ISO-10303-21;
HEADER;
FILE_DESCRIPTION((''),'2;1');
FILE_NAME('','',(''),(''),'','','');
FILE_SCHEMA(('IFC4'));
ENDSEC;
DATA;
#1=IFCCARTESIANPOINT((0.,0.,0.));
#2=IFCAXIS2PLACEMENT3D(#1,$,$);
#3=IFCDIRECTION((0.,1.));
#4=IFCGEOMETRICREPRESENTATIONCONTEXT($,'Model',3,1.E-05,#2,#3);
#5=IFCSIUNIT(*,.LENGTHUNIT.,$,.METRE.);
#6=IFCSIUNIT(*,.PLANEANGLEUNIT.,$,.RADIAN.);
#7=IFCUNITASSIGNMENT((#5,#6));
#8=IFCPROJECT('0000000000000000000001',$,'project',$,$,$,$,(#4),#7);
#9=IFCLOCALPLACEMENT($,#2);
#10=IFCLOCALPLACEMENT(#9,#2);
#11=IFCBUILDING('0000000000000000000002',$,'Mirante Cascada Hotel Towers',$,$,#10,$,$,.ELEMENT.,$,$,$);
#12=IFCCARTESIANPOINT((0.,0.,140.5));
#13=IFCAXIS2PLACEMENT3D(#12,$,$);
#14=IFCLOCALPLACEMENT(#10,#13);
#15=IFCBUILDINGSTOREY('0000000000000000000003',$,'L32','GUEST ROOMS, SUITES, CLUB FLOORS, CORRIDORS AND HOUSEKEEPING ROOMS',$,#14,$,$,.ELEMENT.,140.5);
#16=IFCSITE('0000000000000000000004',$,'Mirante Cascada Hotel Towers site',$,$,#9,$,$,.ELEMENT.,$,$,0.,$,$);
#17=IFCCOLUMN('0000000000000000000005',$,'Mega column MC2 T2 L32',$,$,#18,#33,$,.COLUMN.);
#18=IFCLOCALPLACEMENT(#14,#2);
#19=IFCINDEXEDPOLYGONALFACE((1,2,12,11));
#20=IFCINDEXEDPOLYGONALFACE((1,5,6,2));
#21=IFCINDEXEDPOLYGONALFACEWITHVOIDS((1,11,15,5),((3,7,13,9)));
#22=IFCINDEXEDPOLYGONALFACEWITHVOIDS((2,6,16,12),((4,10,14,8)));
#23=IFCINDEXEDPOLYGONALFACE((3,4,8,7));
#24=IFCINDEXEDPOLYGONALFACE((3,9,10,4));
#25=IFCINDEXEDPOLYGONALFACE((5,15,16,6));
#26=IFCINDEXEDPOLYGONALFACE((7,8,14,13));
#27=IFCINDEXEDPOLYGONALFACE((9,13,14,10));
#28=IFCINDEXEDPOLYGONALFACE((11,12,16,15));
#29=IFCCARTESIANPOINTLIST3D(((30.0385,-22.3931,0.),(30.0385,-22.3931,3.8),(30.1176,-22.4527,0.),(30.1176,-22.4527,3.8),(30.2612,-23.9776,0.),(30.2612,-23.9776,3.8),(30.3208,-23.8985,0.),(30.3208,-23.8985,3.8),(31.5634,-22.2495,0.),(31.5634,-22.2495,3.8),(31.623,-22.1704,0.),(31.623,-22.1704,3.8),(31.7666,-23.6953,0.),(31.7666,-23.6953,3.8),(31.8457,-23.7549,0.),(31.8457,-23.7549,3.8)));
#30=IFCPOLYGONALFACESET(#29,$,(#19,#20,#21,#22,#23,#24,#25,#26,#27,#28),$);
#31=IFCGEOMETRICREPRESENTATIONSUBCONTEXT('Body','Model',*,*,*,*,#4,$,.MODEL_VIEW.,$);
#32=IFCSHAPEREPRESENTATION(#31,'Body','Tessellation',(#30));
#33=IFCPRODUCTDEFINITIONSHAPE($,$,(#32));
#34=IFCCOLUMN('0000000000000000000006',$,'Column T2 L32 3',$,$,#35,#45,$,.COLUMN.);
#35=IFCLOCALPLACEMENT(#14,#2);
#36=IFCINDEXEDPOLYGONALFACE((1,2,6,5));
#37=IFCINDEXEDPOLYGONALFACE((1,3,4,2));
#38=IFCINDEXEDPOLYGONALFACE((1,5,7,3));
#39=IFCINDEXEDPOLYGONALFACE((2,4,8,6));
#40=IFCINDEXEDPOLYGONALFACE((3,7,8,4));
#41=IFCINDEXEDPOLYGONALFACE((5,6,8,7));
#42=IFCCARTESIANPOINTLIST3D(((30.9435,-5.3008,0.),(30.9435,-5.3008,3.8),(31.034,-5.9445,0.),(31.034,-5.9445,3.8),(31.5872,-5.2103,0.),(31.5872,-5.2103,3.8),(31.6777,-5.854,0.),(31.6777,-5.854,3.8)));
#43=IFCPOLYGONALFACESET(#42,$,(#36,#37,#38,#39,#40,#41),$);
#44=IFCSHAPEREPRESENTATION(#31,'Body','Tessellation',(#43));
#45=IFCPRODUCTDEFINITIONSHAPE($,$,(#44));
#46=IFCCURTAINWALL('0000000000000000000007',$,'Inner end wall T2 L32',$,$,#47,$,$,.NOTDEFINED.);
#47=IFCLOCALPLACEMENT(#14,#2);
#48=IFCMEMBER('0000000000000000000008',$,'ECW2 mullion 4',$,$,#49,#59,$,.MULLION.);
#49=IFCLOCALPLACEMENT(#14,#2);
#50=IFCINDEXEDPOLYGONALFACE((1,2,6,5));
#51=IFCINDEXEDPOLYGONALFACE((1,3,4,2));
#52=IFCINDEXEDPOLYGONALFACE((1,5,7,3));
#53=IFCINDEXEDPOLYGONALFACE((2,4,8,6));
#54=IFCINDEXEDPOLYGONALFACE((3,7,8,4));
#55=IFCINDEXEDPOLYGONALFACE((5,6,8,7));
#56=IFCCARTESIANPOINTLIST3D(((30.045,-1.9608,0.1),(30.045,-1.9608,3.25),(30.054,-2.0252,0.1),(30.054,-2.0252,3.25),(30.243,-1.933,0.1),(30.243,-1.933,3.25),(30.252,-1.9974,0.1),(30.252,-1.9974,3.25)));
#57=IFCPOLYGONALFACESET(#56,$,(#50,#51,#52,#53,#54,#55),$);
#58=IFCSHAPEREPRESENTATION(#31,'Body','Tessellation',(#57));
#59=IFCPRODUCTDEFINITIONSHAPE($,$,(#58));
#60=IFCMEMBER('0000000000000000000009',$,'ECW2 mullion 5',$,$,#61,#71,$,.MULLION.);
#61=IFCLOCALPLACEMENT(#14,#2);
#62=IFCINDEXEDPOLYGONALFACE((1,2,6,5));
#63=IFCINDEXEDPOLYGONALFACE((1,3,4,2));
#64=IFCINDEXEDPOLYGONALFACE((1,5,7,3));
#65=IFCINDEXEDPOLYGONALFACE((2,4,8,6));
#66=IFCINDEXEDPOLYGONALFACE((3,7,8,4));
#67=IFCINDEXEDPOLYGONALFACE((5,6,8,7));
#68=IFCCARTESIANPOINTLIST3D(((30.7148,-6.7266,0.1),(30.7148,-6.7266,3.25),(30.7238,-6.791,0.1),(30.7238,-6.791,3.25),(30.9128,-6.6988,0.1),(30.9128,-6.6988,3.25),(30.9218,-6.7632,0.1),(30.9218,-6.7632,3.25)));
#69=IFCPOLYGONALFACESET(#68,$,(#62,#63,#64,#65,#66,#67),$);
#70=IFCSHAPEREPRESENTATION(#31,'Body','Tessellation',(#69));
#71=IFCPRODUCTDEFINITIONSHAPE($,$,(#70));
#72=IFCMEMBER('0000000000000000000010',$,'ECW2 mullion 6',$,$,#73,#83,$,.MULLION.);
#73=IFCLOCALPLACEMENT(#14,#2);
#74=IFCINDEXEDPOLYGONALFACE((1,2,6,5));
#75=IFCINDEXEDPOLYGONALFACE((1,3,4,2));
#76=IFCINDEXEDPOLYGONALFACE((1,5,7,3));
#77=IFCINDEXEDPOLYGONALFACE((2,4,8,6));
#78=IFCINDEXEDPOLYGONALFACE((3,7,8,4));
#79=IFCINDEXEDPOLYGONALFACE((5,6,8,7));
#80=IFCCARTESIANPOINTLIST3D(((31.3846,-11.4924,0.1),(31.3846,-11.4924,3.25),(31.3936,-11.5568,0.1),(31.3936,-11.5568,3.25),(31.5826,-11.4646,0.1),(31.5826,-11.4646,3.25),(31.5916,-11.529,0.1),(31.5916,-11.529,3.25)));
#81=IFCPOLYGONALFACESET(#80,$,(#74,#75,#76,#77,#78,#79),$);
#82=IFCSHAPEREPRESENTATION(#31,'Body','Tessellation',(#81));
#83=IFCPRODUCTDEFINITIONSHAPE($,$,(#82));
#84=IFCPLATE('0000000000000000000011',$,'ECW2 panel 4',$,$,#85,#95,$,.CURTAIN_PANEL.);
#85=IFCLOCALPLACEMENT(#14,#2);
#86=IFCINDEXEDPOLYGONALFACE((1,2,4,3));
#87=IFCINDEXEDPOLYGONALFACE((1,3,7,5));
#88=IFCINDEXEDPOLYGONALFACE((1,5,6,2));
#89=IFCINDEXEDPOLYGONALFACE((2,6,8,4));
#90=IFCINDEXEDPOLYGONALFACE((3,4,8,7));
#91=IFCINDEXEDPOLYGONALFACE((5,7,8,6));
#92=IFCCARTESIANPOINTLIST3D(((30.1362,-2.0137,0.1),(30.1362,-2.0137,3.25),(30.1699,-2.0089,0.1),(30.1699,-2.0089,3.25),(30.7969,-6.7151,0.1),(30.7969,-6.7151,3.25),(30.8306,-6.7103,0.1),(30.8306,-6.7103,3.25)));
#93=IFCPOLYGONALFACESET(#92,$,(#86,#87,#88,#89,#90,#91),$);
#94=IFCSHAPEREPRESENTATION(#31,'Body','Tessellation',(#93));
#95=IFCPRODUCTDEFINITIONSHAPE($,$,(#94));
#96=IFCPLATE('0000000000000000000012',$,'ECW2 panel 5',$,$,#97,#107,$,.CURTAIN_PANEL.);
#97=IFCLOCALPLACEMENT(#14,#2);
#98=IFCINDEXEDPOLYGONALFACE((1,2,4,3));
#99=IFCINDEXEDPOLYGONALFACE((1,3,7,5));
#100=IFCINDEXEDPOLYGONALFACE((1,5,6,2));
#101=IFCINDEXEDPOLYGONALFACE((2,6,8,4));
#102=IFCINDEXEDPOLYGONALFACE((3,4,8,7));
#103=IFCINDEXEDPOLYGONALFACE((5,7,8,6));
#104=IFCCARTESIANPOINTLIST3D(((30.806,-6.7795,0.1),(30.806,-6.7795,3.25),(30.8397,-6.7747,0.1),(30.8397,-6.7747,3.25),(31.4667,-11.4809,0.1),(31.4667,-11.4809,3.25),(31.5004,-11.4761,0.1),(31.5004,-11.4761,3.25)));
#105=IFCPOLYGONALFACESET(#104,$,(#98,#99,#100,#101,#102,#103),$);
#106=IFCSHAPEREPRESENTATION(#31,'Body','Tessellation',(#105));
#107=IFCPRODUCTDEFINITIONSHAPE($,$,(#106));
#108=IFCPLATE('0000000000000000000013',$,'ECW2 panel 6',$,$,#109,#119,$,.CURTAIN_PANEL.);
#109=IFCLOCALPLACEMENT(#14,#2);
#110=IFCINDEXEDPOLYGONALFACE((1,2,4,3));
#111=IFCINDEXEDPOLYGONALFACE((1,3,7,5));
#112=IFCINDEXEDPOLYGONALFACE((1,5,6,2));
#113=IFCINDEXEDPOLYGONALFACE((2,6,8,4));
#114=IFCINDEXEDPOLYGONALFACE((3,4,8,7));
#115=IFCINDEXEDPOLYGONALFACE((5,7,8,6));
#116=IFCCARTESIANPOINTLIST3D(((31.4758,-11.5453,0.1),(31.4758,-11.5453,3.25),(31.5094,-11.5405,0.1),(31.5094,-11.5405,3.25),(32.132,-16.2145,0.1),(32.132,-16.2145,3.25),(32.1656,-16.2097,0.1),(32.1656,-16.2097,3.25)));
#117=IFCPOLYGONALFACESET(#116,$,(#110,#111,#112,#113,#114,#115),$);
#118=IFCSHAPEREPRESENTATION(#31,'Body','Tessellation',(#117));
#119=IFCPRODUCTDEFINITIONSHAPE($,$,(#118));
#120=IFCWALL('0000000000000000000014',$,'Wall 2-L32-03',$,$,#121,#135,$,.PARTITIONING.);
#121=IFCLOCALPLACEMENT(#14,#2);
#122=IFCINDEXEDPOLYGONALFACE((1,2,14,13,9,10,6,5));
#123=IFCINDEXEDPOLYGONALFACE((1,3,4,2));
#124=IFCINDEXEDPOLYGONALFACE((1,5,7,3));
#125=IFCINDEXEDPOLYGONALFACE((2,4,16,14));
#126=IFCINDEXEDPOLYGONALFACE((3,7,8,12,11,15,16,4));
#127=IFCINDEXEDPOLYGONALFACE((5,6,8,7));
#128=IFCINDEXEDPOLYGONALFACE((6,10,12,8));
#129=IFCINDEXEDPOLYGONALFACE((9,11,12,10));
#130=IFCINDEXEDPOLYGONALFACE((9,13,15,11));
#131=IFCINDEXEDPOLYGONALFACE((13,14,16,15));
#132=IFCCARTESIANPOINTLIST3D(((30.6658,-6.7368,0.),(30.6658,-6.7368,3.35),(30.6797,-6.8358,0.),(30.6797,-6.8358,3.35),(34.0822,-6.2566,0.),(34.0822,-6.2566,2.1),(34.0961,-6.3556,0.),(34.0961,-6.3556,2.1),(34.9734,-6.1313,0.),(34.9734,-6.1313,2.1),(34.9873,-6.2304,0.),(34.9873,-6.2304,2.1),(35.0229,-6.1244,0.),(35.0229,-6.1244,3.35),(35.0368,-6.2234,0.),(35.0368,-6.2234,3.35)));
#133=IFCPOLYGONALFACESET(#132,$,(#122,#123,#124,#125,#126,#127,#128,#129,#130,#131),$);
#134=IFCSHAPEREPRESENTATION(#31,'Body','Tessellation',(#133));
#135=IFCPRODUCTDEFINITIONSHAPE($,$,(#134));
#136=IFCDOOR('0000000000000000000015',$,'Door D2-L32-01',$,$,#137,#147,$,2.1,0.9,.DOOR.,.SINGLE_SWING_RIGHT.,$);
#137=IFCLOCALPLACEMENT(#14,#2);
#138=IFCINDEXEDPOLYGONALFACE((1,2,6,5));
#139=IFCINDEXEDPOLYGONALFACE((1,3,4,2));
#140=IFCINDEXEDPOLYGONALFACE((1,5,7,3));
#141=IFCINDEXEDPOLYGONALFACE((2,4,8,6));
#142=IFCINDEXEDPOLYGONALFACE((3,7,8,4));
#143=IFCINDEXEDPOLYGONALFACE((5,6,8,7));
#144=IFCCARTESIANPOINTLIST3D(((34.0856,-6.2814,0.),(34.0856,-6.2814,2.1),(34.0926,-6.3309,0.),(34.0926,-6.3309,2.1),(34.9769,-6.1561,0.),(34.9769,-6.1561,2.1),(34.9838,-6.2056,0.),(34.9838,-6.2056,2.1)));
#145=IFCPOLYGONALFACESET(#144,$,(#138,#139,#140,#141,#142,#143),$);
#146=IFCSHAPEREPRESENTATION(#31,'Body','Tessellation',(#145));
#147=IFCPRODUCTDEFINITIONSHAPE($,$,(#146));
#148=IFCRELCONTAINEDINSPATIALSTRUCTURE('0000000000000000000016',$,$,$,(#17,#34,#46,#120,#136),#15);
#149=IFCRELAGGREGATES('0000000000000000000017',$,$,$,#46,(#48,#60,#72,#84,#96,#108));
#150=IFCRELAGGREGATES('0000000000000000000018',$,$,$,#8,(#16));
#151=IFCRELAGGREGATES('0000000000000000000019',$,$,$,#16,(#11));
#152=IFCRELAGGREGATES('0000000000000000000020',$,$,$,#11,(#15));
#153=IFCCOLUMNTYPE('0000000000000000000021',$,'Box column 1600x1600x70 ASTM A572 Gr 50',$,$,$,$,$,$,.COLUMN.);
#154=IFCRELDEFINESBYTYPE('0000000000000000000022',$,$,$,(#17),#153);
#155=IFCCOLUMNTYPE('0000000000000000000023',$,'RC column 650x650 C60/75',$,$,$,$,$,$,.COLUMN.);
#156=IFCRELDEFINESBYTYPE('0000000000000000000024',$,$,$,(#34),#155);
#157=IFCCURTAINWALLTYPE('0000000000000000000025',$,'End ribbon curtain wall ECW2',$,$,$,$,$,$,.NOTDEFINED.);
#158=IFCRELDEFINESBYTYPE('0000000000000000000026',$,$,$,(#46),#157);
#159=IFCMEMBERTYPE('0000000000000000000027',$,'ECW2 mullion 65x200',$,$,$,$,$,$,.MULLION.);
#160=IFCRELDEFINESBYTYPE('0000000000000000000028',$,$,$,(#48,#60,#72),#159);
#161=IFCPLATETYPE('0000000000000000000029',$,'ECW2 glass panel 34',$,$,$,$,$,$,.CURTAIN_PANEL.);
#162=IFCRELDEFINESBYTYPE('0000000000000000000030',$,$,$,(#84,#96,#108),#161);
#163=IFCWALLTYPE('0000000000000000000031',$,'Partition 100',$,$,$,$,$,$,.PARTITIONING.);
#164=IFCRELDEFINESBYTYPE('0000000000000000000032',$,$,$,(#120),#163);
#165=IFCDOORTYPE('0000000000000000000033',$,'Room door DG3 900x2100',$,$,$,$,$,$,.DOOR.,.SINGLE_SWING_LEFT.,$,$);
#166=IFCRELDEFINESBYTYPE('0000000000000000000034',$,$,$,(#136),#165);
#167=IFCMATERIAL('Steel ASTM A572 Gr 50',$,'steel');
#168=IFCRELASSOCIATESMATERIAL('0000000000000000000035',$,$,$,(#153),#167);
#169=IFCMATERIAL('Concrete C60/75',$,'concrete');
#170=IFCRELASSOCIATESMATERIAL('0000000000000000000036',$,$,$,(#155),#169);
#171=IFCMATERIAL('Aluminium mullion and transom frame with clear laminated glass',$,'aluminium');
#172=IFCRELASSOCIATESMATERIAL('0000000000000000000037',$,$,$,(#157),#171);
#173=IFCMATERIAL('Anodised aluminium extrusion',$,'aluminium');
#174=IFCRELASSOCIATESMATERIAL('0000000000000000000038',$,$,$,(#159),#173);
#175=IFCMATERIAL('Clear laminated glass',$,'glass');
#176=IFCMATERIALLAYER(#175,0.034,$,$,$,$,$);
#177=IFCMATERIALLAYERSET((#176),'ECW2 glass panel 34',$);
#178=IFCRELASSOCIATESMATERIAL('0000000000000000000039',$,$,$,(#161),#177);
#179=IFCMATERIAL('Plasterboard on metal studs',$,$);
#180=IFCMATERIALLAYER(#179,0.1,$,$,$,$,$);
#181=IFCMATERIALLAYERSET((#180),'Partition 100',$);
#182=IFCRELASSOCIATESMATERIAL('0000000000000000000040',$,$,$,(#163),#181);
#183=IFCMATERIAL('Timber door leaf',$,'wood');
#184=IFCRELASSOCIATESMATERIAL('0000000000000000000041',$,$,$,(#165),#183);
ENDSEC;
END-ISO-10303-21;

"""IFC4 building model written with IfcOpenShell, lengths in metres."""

from ifc_helpers import new_model, si_unit, direction, frame, frame_2d, origin, origin_2d, place, context, subcontext, project, spatial, rectangle, hollow_rectangle, extrude, material, layer, layer_set, material_profile, profile_set, type_object, element, fill, aggregate, save


model = new_model("IFC4")

# Units and contexts
model_context = context("Model", 3, precision=1e-05, world=origin(), true_north=direction((0.0, 1.0)))
body_context = subcontext(model_context, "Body", "Model", "MODEL_VIEW")
ifc_project = project(units=[si_unit("LENGTHUNIT", "METRE"), si_unit("PLANEANGLEUNIT", "RADIAN")], contexts=[model_context])

# Site, building, storey
site_placement = place(None, origin())
site = spatial("IfcSite", under=ifc_project, at=site_placement, Name="Mirante Cascada Hotel Towers site", CompositionType="ELEMENT", RefElevation=0.0)
building_placement = place(site_placement, origin())
building = spatial("IfcBuilding", under=site, at=building_placement, Name="Mirante Cascada Hotel Towers", CompositionType="ELEMENT")
storey_placement = place(building_placement, frame((0.0, 0.0, 140.5)))
storey = spatial("IfcBuildingStorey", under=building, at=storey_placement, Name="L32", Description="GUEST ROOMS, SUITES, CLUB FLOORS, CORRIDORS AND HOUSEKEEPING ROOMS", CompositionType="ELEMENT", Elevation=140.5)

# Columns
ifc_material_1 = material(Name="Steel ASTM A572 Gr 50", Category="steel")
ifc_material_profile_1 = material_profile(ifc_material_1, hollow_rectangle(XDim=1.6, YDim=1.6, WallThickness=0.07, at=origin_2d()), Name="Box column 1600x1600x70 ASTM A572 Gr 50")
ifc_profile_set_1 = profile_set([ifc_material_profile_1], Name="Steel ASTM A572 Gr 50")
column_type_1 = type_object("IfcColumnType", Name="Box column 1600x1600x70 ASTM A572 Gr 50", PredefinedType="COLUMN", material=ifc_profile_set_1)
column_1_placement = place(storey_placement, frame((30.9421, -23.074, 0.0), z_axis=(0.0, 0.0, 1.0), x_axis=(0.990268, 0.139173, 0.0)))
element("IfcColumn", 1, at=column_1_placement, inside=storey, type_object=column_type_1, Name="Mega column MC2 T2 L32", PredefinedType="COLUMN", context=body_context, shape_type="SweptSolid", body=[
    extrude(hollow_rectangle(XDim=1.6, YDim=1.6, WallThickness=0.07, at=origin_2d()), origin(), (0.0, 0.0, 1.0), 3.8),
])
ifc_material_2 = material(Name="Concrete C60/75", Category="concrete")
ifc_material_profile_2 = material_profile(ifc_material_2, rectangle(XDim=0.65, YDim=0.65, at=origin_2d()), Name="RC column 650x650 C60/75")
ifc_profile_set_2 = profile_set([ifc_material_profile_2], Name="Concrete C60/75")
column_type_2 = type_object("IfcColumnType", Name="RC column 650x650 C60/75", PredefinedType="COLUMN", material=ifc_profile_set_2)
column_2_placement = place(storey_placement, frame((31.3106, -5.5774, 0.0), z_axis=(0.0, 0.0, 1.0), x_axis=(0.990268, 0.139173, 0.0)))
element("IfcColumn", 2, at=column_2_placement, inside=storey, type_object=column_type_2, Name="Column T2 L32 3", PredefinedType="COLUMN", context=body_context, shape_type="SweptSolid", body=[
    extrude(rectangle(XDim=0.65, YDim=0.65, at=origin_2d()), origin(), (0.0, 0.0, 1.0), 3.8),
])

# Curtain wall, members, plates
ifc_material_3 = material(Name="Aluminium mullion and transom frame with clear laminated glass", Category="aluminium")
curtain_wall_type = type_object("IfcCurtainWallType", Name="End ribbon curtain wall ECW2", PredefinedType="NOTDEFINED", material=ifc_material_3)
curtain_wall_placement = place(storey_placement, origin())
curtain_wall = element("IfcCurtainWall", 3, at=curtain_wall_placement, inside=storey, type_object=curtain_wall_type, Name="Inner end wall T2 L32", PredefinedType="NOTDEFINED")
ifc_material_4 = material(Name="Anodised aluminium extrusion", Category="aluminium")
ifc_material_profile_3 = material_profile(ifc_material_4, rectangle(XDim=0.2, YDim=0.065, at=origin_2d()), Name="ECW2 MULLION 65x200")
ifc_profile_set_3 = profile_set([ifc_material_profile_3], Name="Anodised aluminium extrusion")
member_type = type_object("IfcMemberType", Name="ECW2 mullion 65x200", PredefinedType="MULLION", material=ifc_profile_set_3)
member_1_placement = place(storey_placement, frame((30.1485, -1.9791, 0.1), z_axis=(0.0, 0.0, 1.0), x_axis=(0.990268, 0.139173, 0.0)))
member_1 = element("IfcMember", 4, at=member_1_placement, type_object=member_type, Name="ECW2 mullion 4", PredefinedType="MULLION", context=body_context, shape_type="SweptSolid", body=[
    extrude(rectangle(XDim=0.2, YDim=0.065, at=origin_2d()), origin(), (0.0, 0.0, 1.0), 3.15),
])
member_2_placement = place(storey_placement, frame((30.8183, -6.7449, 0.1), z_axis=(0.0, 0.0, 1.0), x_axis=(0.990268, 0.139173, 0.0)))
member_2 = element("IfcMember", 5, at=member_2_placement, type_object=member_type, Name="ECW2 mullion 5", PredefinedType="MULLION", context=body_context, shape_type="SweptSolid", body=[
    extrude(rectangle(XDim=0.2, YDim=0.065, at=origin_2d()), origin(), (0.0, 0.0, 1.0), 3.15),
])
member_3_placement = place(storey_placement, frame((31.4881, -11.5107, 0.1), z_axis=(0.0, 0.0, 1.0), x_axis=(0.990268, 0.139173, 0.0)))
member_3 = element("IfcMember", 6, at=member_3_placement, type_object=member_type, Name="ECW2 mullion 6", PredefinedType="MULLION", context=body_context, shape_type="SweptSolid", body=[
    extrude(rectangle(XDim=0.2, YDim=0.065, at=origin_2d()), origin(), (0.0, 0.0, 1.0), 3.15),
])
ifc_material_5 = material(Name="Clear laminated glass", Category="glass")
ifc_layer_1 = layer(ifc_material_5, 0.034)
ifc_layer_set_1 = layer_set([ifc_layer_1], Name="ECW2 glass panel 34")
plate_type = type_object("IfcPlateType", Name="ECW2 glass panel 34", PredefinedType="CURTAIN_PANEL", material=ifc_layer_set_1)
plate_1_placement = place(storey_placement, frame((30.4834, -4.362, 0.1), z_axis=(0.0, 0.0, 1.0), x_axis=(0.139173, -0.990268, 0.0)))
plate_1 = element("IfcPlate", 7, at=plate_1_placement, type_object=plate_type, Name="ECW2 panel 4", PredefinedType="CURTAIN_PANEL", context=body_context, shape_type="SweptSolid", body=[
    extrude(rectangle(XDim=4.7476, YDim=0.034, at=origin_2d()), origin(), (0.0, 0.0, 1.0), 3.15),
])
plate_2_placement = place(storey_placement, frame((31.1532, -9.1278, 0.1), z_axis=(0.0, 0.0, 1.0), x_axis=(0.139173, -0.990268, 0.0)))
plate_2 = element("IfcPlate", 8, at=plate_2_placement, type_object=plate_type, Name="ECW2 panel 5", PredefinedType="CURTAIN_PANEL", context=body_context, shape_type="SweptSolid", body=[
    extrude(rectangle(XDim=4.7476, YDim=0.034, at=origin_2d()), origin(), (0.0, 0.0, 1.0), 3.15),
])
plate_3_placement = place(storey_placement, frame((31.8207, -13.8775, 0.1), z_axis=(0.0, 0.0, 1.0), x_axis=(0.139173, -0.990268, 0.0)))
plate_3 = element("IfcPlate", 9, at=plate_3_placement, type_object=plate_type, Name="ECW2 panel 6", PredefinedType="CURTAIN_PANEL", context=body_context, shape_type="SweptSolid", body=[
    extrude(rectangle(XDim=4.7151, YDim=0.034, at=origin_2d()), origin(), (0.0, 0.0, 1.0), 3.15),
])
aggregate(curtain_wall, [member_1, member_2, member_3, plate_1, plate_2, plate_3])

# Wall, opening, door
ifc_material_6 = material(Name="Plasterboard on metal studs")
ifc_layer_2 = layer(ifc_material_6, 0.1)
ifc_layer_set_2 = layer_set([ifc_layer_2], Name="Partition 100")
wall_type = type_object("IfcWallType", Name="Partition 100", PredefinedType="PARTITIONING", material=ifc_layer_set_2)
wall_placement = place(storey_placement, frame((30.6727, -6.7863, 0.0), z_axis=(0.0, 0.0, 1.0), x_axis=(0.990267, 0.139184, 0.0)))
wall = element("IfcWall", 10, at=wall_placement, inside=storey, type_object=wall_type, Name="Wall 2-L32-03", PredefinedType="PARTITIONING", context=body_context, shape_type="SweptSolid", body=[
    extrude(rectangle(XDim=4.3999, YDim=0.1, at=frame_2d((2.2, 0.0))), origin(), (0.0, 0.0, 1.0), 3.35),
])
opening_placement = place(wall_placement, frame((3.45, 0.0, 0.0)))
opening = element("IfcOpeningElement", 11, at=opening_placement, cuts=wall, PredefinedType="OPENING", context=body_context, shape_type="SweptSolid", body=[
    extrude(rectangle(XDim=0.9, YDim=2.1, at=frame_2d((0.45, 1.05))), frame((0.0, 0.05, 0.0), z_axis=(0.0, -1.0, 0.0), x_axis=(1.0, 0.0, 0.0)), (0.0, 0.0, 1.0), 0.1),
])
ifc_material_7 = material(Name="Timber door leaf", Category="wood")
door_type = type_object("IfcDoorType", Name="Room door DG3 900x2100", OperationType="SINGLE_SWING_LEFT", PredefinedType="DOOR", material=ifc_material_7)
door_placement = place(opening_placement, frame((0.9, 0.0, 0.0), z_axis=(0.0, 0.0, 1.0), x_axis=(-1.0, 0.0, 0.0)))
door = element("IfcDoor", 12, at=door_placement, inside=storey, type_object=door_type, Name="Door D2-L32-01", OperationType="SINGLE_SWING_RIGHT", OverallHeight=2.1, OverallWidth=0.9, PredefinedType="DOOR", context=body_context, shape_type="SweptSolid", body=[
    extrude(rectangle(XDim=0.9, YDim=2.1, at=frame_2d((0.45, 1.05))), frame((0.0, 0.025, 0.0), z_axis=(0.0, -1.0, 0.0), x_axis=(1.0, 0.0, 0.0)), (0.0, 0.0, 1.0), 0.05),
])
fill(opening, door)

save(model, "model.ifc")
